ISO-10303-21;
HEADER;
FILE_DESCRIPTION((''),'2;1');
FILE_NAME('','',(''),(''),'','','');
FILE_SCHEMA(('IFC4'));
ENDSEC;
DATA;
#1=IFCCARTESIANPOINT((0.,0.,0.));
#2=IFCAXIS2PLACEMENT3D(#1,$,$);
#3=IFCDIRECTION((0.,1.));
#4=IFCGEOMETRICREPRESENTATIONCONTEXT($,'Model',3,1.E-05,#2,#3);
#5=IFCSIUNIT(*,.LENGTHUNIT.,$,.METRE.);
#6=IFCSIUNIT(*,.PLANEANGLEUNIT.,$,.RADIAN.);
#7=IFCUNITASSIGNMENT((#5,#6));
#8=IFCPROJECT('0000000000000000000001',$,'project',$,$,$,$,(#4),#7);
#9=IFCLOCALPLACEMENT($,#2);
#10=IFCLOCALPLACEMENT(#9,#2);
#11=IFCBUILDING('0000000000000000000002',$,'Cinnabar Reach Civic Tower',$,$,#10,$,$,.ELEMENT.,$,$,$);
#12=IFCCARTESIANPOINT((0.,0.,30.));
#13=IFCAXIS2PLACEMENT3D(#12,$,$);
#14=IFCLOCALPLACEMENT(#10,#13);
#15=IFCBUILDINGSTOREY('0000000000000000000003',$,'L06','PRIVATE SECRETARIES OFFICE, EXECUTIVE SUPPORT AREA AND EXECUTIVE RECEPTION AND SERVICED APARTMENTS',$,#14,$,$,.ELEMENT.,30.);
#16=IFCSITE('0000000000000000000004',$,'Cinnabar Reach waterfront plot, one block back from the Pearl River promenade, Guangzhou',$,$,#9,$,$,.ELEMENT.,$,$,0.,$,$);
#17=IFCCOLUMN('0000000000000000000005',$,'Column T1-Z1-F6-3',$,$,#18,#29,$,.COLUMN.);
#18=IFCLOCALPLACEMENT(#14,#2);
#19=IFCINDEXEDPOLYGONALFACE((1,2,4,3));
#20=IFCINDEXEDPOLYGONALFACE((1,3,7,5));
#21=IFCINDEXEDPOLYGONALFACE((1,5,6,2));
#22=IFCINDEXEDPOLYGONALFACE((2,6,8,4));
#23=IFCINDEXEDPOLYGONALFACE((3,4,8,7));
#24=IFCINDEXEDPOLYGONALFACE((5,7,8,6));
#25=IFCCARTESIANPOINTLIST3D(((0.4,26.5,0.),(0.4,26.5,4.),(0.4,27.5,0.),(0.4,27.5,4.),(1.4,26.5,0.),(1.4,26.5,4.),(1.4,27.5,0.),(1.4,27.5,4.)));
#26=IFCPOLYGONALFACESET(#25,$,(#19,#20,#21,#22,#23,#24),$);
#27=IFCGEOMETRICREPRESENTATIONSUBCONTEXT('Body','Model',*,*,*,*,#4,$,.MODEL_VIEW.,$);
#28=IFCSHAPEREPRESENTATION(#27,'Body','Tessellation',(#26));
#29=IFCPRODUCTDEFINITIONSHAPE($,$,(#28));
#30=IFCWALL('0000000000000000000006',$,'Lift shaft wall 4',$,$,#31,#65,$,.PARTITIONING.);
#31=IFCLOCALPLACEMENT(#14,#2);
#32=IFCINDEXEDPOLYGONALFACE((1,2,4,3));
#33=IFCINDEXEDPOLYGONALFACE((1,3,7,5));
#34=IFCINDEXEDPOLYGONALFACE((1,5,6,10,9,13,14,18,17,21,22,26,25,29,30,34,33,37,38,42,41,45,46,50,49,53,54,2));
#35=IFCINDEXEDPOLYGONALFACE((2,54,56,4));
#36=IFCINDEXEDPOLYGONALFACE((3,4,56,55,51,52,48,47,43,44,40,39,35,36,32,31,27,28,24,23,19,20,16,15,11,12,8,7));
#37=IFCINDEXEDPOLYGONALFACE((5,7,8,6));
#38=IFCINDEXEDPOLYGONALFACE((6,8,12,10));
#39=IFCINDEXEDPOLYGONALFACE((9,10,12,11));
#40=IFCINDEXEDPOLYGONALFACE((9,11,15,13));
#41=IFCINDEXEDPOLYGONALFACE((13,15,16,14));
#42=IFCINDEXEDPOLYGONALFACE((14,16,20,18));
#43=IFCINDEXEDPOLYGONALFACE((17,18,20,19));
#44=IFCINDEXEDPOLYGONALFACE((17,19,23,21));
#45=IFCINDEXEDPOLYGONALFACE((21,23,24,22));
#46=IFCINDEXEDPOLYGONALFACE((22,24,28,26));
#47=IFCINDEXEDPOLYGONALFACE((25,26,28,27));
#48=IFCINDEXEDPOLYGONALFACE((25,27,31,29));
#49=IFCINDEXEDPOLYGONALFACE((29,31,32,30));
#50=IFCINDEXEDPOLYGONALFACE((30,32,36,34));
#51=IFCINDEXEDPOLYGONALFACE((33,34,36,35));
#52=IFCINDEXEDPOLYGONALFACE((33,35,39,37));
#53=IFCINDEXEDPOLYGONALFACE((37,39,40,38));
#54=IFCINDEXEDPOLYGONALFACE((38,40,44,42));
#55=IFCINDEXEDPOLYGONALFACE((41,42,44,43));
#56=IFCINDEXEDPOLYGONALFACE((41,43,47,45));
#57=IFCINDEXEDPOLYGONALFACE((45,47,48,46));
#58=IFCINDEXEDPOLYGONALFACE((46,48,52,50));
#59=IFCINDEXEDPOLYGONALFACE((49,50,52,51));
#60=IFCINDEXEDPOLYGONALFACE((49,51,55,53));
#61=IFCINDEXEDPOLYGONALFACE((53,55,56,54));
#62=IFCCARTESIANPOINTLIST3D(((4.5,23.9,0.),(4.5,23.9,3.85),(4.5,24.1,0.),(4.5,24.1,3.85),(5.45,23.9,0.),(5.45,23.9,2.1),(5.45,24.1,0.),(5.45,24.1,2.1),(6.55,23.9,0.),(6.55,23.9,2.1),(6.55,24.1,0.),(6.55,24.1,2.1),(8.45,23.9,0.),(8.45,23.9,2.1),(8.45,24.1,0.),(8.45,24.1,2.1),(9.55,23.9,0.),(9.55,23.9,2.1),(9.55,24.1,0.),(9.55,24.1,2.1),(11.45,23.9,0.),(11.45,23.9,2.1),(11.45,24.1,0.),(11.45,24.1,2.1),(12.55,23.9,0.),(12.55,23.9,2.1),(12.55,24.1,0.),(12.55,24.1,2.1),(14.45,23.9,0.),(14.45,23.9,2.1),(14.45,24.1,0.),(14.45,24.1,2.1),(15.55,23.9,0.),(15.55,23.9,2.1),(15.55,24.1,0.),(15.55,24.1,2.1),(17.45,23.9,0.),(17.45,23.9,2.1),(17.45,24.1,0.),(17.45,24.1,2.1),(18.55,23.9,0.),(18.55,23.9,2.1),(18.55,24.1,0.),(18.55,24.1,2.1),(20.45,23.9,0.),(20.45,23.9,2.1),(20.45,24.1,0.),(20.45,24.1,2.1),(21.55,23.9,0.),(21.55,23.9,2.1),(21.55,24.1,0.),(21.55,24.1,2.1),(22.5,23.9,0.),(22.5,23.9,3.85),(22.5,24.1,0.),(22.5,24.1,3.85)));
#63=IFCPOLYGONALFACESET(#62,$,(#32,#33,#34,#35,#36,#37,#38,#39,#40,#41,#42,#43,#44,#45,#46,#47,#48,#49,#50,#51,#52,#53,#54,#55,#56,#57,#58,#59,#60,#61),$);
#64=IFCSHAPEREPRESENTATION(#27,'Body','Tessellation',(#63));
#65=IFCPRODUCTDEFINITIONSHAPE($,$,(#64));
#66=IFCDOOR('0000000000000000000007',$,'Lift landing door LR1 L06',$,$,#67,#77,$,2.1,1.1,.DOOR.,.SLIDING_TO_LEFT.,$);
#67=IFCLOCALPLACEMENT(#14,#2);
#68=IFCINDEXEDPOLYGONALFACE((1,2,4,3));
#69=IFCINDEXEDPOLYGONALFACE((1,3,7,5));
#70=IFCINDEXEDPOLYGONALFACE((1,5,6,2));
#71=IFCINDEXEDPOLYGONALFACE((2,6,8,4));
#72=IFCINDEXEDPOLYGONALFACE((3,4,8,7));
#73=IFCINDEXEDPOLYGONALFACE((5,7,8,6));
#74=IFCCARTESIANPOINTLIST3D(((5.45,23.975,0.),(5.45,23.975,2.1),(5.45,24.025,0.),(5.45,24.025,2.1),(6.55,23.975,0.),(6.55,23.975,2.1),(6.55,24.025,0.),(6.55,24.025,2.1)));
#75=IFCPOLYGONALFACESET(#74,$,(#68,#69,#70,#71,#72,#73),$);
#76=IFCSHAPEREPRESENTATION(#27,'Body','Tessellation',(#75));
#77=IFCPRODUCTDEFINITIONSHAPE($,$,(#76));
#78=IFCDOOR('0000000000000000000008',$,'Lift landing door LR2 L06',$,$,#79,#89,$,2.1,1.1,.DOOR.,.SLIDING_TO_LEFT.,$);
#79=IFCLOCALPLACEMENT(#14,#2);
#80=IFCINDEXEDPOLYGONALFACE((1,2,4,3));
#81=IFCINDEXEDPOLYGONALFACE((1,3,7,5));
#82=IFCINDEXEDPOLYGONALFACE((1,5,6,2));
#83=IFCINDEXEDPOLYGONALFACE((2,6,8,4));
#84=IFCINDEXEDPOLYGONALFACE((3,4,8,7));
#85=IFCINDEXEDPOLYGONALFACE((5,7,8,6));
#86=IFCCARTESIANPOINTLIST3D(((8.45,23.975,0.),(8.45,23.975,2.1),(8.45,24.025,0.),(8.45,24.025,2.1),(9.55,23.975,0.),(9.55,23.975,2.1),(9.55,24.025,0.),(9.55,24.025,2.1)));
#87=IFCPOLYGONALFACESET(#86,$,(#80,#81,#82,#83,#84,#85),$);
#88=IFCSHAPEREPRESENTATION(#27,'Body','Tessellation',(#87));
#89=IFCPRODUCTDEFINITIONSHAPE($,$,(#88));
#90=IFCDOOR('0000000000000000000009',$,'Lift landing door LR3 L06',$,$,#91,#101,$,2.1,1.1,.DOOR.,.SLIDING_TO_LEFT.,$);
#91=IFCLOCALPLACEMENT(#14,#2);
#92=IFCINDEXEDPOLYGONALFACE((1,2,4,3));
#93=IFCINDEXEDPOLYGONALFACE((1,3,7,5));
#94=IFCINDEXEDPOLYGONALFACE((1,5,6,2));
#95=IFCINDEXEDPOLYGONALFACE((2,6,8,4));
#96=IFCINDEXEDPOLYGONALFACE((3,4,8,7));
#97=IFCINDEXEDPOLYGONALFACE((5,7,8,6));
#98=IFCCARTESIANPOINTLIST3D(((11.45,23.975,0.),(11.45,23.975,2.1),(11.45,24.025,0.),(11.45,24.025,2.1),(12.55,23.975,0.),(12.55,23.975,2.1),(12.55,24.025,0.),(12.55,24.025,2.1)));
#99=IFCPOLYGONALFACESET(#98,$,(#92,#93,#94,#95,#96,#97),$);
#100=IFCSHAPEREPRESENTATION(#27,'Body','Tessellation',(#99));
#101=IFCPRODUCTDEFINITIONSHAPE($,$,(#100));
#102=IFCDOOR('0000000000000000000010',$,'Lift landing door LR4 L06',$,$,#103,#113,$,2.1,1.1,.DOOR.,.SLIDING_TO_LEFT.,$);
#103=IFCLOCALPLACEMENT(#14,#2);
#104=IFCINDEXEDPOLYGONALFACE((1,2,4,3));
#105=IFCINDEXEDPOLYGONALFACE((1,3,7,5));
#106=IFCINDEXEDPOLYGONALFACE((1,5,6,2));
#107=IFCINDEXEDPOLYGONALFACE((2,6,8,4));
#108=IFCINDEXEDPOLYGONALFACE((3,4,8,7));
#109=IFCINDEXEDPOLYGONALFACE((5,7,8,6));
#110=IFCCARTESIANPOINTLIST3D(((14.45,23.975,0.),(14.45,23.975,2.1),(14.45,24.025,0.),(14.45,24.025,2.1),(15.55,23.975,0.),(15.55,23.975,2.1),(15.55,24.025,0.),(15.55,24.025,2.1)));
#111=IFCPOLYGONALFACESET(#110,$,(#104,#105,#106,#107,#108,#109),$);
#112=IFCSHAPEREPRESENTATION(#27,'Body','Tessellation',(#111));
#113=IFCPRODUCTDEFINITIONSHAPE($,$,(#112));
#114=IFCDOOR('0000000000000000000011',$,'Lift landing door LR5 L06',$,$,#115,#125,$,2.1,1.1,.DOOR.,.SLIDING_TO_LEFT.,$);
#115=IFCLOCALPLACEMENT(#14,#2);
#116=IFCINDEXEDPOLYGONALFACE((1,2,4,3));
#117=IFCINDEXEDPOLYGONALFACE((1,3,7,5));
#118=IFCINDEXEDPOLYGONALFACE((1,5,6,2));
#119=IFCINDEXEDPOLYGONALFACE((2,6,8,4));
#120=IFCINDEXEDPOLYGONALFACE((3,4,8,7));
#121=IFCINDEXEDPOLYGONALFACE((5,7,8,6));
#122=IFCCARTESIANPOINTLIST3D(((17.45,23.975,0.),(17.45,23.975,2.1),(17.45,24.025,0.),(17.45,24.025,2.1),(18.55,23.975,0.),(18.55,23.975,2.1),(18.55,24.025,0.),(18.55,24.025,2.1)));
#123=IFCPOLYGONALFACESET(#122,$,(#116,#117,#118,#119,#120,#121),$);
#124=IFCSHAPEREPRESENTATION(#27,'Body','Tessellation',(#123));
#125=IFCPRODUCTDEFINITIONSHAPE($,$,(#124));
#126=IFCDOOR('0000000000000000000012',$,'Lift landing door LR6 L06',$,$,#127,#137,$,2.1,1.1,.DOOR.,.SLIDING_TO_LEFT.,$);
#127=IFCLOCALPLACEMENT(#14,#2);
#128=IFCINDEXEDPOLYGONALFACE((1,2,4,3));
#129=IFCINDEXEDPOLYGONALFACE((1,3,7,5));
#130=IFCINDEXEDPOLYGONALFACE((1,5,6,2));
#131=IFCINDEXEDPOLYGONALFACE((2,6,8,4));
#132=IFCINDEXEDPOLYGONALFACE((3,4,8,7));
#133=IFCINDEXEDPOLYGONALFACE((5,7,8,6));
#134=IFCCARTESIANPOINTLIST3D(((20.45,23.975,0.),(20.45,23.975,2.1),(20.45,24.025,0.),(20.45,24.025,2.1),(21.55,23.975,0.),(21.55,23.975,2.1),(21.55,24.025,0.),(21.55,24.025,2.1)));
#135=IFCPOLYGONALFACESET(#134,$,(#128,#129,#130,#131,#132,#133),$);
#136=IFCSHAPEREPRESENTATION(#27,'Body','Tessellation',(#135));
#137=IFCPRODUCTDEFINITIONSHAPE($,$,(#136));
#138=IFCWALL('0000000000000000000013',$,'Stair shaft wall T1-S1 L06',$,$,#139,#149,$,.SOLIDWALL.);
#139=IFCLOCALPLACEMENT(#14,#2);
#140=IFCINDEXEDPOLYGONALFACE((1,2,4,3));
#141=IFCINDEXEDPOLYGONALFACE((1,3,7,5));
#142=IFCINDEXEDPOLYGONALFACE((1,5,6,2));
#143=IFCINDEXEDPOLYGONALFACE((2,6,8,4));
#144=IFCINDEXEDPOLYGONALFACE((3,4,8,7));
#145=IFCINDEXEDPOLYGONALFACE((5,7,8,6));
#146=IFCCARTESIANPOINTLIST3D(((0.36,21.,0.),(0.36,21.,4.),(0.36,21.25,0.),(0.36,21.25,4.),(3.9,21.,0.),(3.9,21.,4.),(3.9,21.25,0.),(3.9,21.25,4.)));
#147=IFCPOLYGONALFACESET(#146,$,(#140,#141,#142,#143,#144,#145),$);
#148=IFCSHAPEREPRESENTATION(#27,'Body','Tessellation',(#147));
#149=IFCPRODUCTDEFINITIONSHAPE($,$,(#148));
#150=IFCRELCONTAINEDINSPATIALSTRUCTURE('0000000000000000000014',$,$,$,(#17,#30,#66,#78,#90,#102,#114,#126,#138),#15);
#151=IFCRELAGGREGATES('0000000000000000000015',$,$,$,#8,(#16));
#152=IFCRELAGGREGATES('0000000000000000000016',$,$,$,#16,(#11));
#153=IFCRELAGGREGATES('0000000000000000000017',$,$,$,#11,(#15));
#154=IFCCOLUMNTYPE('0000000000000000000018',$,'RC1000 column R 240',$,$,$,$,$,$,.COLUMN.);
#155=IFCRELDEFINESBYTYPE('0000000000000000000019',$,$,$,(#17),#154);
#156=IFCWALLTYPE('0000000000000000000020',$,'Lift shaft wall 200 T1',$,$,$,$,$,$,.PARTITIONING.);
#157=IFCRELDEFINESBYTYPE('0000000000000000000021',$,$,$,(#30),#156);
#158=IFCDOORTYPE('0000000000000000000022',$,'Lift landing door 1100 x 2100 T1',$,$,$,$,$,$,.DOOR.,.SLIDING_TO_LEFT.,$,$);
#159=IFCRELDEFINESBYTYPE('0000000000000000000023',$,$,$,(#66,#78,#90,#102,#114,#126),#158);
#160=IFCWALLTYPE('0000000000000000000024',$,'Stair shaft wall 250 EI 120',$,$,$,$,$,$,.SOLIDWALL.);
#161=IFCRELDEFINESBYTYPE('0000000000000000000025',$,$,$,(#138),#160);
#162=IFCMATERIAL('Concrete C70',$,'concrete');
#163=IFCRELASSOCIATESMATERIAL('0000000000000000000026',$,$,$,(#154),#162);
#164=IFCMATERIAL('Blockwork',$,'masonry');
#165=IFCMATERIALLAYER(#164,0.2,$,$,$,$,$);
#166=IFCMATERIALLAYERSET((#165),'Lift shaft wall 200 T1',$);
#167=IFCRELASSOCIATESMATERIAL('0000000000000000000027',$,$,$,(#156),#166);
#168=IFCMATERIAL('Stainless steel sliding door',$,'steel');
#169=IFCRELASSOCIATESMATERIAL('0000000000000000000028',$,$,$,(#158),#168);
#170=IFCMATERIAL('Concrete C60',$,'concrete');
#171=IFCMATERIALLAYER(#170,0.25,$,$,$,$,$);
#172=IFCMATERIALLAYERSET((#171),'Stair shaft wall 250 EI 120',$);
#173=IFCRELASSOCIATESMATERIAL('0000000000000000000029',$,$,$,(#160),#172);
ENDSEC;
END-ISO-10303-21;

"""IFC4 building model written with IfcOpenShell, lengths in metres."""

from ifc_helpers import new_model, si_unit, direction, frame, frame_2d, origin, origin_2d, place, context, subcontext, project, spatial, rectangle, extrude, material, layer, layer_set, material_profile, profile_set, type_object, element, fill, save


model = new_model("IFC4")

# Units and contexts
model_context = context("Model", 3, precision=1e-05, world=origin(), true_north=direction((0.0, 1.0)))
body_context = subcontext(model_context, "Body", "Model", "MODEL_VIEW")
ifc_project = project(units=[si_unit("LENGTHUNIT", "METRE"), si_unit("PLANEANGLEUNIT", "RADIAN")], contexts=[model_context])

# Site, building, storey
site_placement = place(None, origin())
site = spatial("IfcSite", under=ifc_project, at=site_placement, Name="Cinnabar Reach waterfront plot, one block back from the Pearl River promenade, Guangzhou", CompositionType="ELEMENT", RefElevation=0.0)
building_placement = place(site_placement, origin())
building = spatial("IfcBuilding", under=site, at=building_placement, Name="Cinnabar Reach Civic Tower", CompositionType="ELEMENT")
storey_placement = place(building_placement, frame((0.0, 0.0, 30.0)))
storey = spatial("IfcBuildingStorey", under=building, at=storey_placement, Name="L06", Description="PRIVATE SECRETARIES OFFICE, EXECUTIVE SUPPORT AREA AND EXECUTIVE RECEPTION AND SERVICED APARTMENTS", CompositionType="ELEMENT", Elevation=30.0)

# Column
ifc_material_1 = material(Name="Concrete C70", Category="concrete")
ifc_material_profile = material_profile(ifc_material_1, rectangle(XDim=1.0, YDim=1.0, at=origin_2d()), Name="RC1000")
ifc_profile_set = profile_set([ifc_material_profile], Name="Concrete C70")
column_type = type_object("IfcColumnType", Name="RC1000 column R 240", PredefinedType="COLUMN", material=ifc_profile_set)
column_placement = place(storey_placement, frame((0.9, 27.0, 0.0), z_axis=(0.0, 0.0, 1.0), x_axis=(1.0, 0.0, 0.0)))
element("IfcColumn", 1, at=column_placement, inside=storey, type_object=column_type, Name="Column T1-Z1-F6-3", PredefinedType="COLUMN", context=body_context, shape_type="SweptSolid", body=[
    extrude(rectangle(XDim=1.0, YDim=1.0, at=origin_2d()), origin(), (0.0, 0.0, 1.0), 4.0),
])

# Wall, openings, doors
ifc_material_2 = material(Name="Blockwork", Category="masonry")
ifc_layer_1 = layer(ifc_material_2, 0.2)
ifc_layer_set_1 = layer_set([ifc_layer_1], Name="Lift shaft wall 200 T1")
wall_type_1 = type_object("IfcWallType", Name="Lift shaft wall 200 T1", PredefinedType="PARTITIONING", material=ifc_layer_set_1)
wall_1_placement = place(storey_placement, frame((4.5, 24.0, 0.0), z_axis=(0.0, 0.0, 1.0), x_axis=(1.0, 0.0, 0.0)))
wall_1 = element("IfcWall", 2, at=wall_1_placement, inside=storey, type_object=wall_type_1, Name="Lift shaft wall 4", PredefinedType="PARTITIONING", context=body_context, shape_type="SweptSolid", body=[
    extrude(rectangle(XDim=18.0, YDim=0.2, at=frame_2d((9.0, 0.0))), origin(), (0.0, 0.0, 1.0), 3.85),
])
opening_1_placement = place(wall_1_placement, frame((0.95, 0.0, 0.0)))
opening_1 = element("IfcOpeningElement", 3, at=opening_1_placement, cuts=wall_1, PredefinedType="OPENING", context=body_context, shape_type="SweptSolid", body=[
    extrude(rectangle(XDim=1.1, YDim=2.1, at=frame_2d((0.55, 1.05))), frame((0.0, 0.11, 0.0), z_axis=(0.0, -1.0, 0.0), x_axis=(1.0, 0.0, 0.0)), (0.0, 0.0, 1.0), 0.22),
])
opening_2_placement = place(wall_1_placement, frame((3.95, 0.0, 0.0)))
opening_2 = element("IfcOpeningElement", 4, at=opening_2_placement, cuts=wall_1, PredefinedType="OPENING", context=body_context, shape_type="SweptSolid", body=[
    extrude(rectangle(XDim=1.1, YDim=2.1, at=frame_2d((0.55, 1.05))), frame((0.0, 0.11, 0.0), z_axis=(0.0, -1.0, 0.0), x_axis=(1.0, 0.0, 0.0)), (0.0, 0.0, 1.0), 0.22),
])
opening_3_placement = place(wall_1_placement, frame((6.95, 0.0, 0.0)))
opening_3 = element("IfcOpeningElement", 5, at=opening_3_placement, cuts=wall_1, PredefinedType="OPENING", context=body_context, shape_type="SweptSolid", body=[
    extrude(rectangle(XDim=1.1, YDim=2.1, at=frame_2d((0.55, 1.05))), frame((0.0, 0.11, 0.0), z_axis=(0.0, -1.0, 0.0), x_axis=(1.0, 0.0, 0.0)), (0.0, 0.0, 1.0), 0.22),
])
opening_4_placement = place(wall_1_placement, frame((9.95, 0.0, 0.0)))
opening_4 = element("IfcOpeningElement", 6, at=opening_4_placement, cuts=wall_1, PredefinedType="OPENING", context=body_context, shape_type="SweptSolid", body=[
    extrude(rectangle(XDim=1.1, YDim=2.1, at=frame_2d((0.55, 1.05))), frame((0.0, 0.11, 0.0), z_axis=(0.0, -1.0, 0.0), x_axis=(1.0, 0.0, 0.0)), (0.0, 0.0, 1.0), 0.22),
])
opening_5_placement = place(wall_1_placement, frame((12.95, 0.0, 0.0)))
opening_5 = element("IfcOpeningElement", 7, at=opening_5_placement, cuts=wall_1, PredefinedType="OPENING", context=body_context, shape_type="SweptSolid", body=[
    extrude(rectangle(XDim=1.1, YDim=2.1, at=frame_2d((0.55, 1.05))), frame((0.0, 0.11, 0.0), z_axis=(0.0, -1.0, 0.0), x_axis=(1.0, 0.0, 0.0)), (0.0, 0.0, 1.0), 0.22),
])
opening_6_placement = place(wall_1_placement, frame((15.95, 0.0, 0.0)))
opening_6 = element("IfcOpeningElement", 8, at=opening_6_placement, cuts=wall_1, PredefinedType="OPENING", context=body_context, shape_type="SweptSolid", body=[
    extrude(rectangle(XDim=1.1, YDim=2.1, at=frame_2d((0.55, 1.05))), frame((0.0, 0.11, 0.0), z_axis=(0.0, -1.0, 0.0), x_axis=(1.0, 0.0, 0.0)), (0.0, 0.0, 1.0), 0.22),
])
ifc_material_3 = material(Name="Stainless steel sliding door", Category="steel")
door_type_1 = type_object("IfcDoorType", Name="Lift landing door 1100 x 2100 T1", OperationType="SLIDING_TO_LEFT", PredefinedType="DOOR", material=ifc_material_3)
door_1_placement = place(opening_1_placement, origin())
door_1 = element("IfcDoor", 9, at=door_1_placement, inside=storey, type_object=door_type_1, Name="Lift landing door LR1 L06", OperationType="SLIDING_TO_LEFT", OverallHeight=2.1, OverallWidth=1.1, PredefinedType="DOOR", context=body_context, shape_type="SweptSolid", body=[
    extrude(rectangle(XDim=1.1, YDim=2.1, at=frame_2d((0.55, 1.05))), frame((0.0, 0.025, 0.0), z_axis=(0.0, -1.0, 0.0), x_axis=(1.0, 0.0, 0.0)), (0.0, 0.0, 1.0), 0.05),
])
fill(opening_1, door_1)
door_2_placement = place(opening_2_placement, origin())
door_2 = element("IfcDoor", 10, at=door_2_placement, inside=storey, type_object=door_type_1, Name="Lift landing door LR2 L06", OperationType="SLIDING_TO_LEFT", OverallHeight=2.1, OverallWidth=1.1, PredefinedType="DOOR", context=body_context, shape_type="SweptSolid", body=[
    extrude(rectangle(XDim=1.1, YDim=2.1, at=frame_2d((0.55, 1.05))), frame((0.0, 0.025, 0.0), z_axis=(0.0, -1.0, 0.0), x_axis=(1.0, 0.0, 0.0)), (0.0, 0.0, 1.0), 0.05),
])
fill(opening_2, door_2)
door_3_placement = place(opening_3_placement, origin())
door_3 = element("IfcDoor", 11, at=door_3_placement, inside=storey, type_object=door_type_1, Name="Lift landing door LR3 L06", OperationType="SLIDING_TO_LEFT", OverallHeight=2.1, OverallWidth=1.1, PredefinedType="DOOR", context=body_context, shape_type="SweptSolid", body=[
    extrude(rectangle(XDim=1.1, YDim=2.1, at=frame_2d((0.55, 1.05))), frame((0.0, 0.025, 0.0), z_axis=(0.0, -1.0, 0.0), x_axis=(1.0, 0.0, 0.0)), (0.0, 0.0, 1.0), 0.05),
])
fill(opening_3, door_3)
door_4_placement = place(opening_4_placement, origin())
door_4 = element("IfcDoor", 12, at=door_4_placement, inside=storey, type_object=door_type_1, Name="Lift landing door LR4 L06", OperationType="SLIDING_TO_LEFT", OverallHeight=2.1, OverallWidth=1.1, PredefinedType="DOOR", context=body_context, shape_type="SweptSolid", body=[
    extrude(rectangle(XDim=1.1, YDim=2.1, at=frame_2d((0.55, 1.05))), frame((0.0, 0.025, 0.0), z_axis=(0.0, -1.0, 0.0), x_axis=(1.0, 0.0, 0.0)), (0.0, 0.0, 1.0), 0.05),
])
fill(opening_4, door_4)
door_5_placement = place(opening_5_placement, origin())
door_5 = element("IfcDoor", 13, at=door_5_placement, inside=storey, type_object=door_type_1, Name="Lift landing door LR5 L06", OperationType="SLIDING_TO_LEFT", OverallHeight=2.1, OverallWidth=1.1, PredefinedType="DOOR", context=body_context, shape_type="SweptSolid", body=[
    extrude(rectangle(XDim=1.1, YDim=2.1, at=frame_2d((0.55, 1.05))), frame((0.0, 0.025, 0.0), z_axis=(0.0, -1.0, 0.0), x_axis=(1.0, 0.0, 0.0)), (0.0, 0.0, 1.0), 0.05),
])
fill(opening_5, door_5)
door_6_placement = place(opening_6_placement, origin())
door_6 = element("IfcDoor", 14, at=door_6_placement, inside=storey, type_object=door_type_1, Name="Lift landing door LR6 L06", OperationType="SLIDING_TO_LEFT", OverallHeight=2.1, OverallWidth=1.1, PredefinedType="DOOR", context=body_context, shape_type="SweptSolid", body=[
    extrude(rectangle(XDim=1.1, YDim=2.1, at=frame_2d((0.55, 1.05))), frame((0.0, 0.025, 0.0), z_axis=(0.0, -1.0, 0.0), x_axis=(1.0, 0.0, 0.0)), (0.0, 0.0, 1.0), 0.05),
])
fill(opening_6, door_6)

# Wall
ifc_material_4 = material(Name="Concrete C60", Category="concrete")
ifc_layer_2 = layer(ifc_material_4, 0.25)
ifc_layer_set_2 = layer_set([ifc_layer_2], Name="Stair shaft wall 250 EI 120")
wall_type_2 = type_object("IfcWallType", Name="Stair shaft wall 250 EI 120", PredefinedType="SOLIDWALL", material=ifc_layer_set_2)
wall_2_placement = place(storey_placement, frame((0.36, 21.125, 0.0), z_axis=(0.0, 0.0, 1.0), x_axis=(1.0, 0.0, 0.0)))
element("IfcWall", 15, at=wall_2_placement, inside=storey, type_object=wall_type_2, Name="Stair shaft wall T1-S1 L06", PredefinedType="SOLIDWALL", context=body_context, shape_type="SweptSolid", body=[
    extrude(rectangle(XDim=3.54, YDim=0.25, at=frame_2d((1.77, 0.0))), origin(), (0.0, 0.0, 1.0), 4.0),
])

save(model, "model.ifc")
